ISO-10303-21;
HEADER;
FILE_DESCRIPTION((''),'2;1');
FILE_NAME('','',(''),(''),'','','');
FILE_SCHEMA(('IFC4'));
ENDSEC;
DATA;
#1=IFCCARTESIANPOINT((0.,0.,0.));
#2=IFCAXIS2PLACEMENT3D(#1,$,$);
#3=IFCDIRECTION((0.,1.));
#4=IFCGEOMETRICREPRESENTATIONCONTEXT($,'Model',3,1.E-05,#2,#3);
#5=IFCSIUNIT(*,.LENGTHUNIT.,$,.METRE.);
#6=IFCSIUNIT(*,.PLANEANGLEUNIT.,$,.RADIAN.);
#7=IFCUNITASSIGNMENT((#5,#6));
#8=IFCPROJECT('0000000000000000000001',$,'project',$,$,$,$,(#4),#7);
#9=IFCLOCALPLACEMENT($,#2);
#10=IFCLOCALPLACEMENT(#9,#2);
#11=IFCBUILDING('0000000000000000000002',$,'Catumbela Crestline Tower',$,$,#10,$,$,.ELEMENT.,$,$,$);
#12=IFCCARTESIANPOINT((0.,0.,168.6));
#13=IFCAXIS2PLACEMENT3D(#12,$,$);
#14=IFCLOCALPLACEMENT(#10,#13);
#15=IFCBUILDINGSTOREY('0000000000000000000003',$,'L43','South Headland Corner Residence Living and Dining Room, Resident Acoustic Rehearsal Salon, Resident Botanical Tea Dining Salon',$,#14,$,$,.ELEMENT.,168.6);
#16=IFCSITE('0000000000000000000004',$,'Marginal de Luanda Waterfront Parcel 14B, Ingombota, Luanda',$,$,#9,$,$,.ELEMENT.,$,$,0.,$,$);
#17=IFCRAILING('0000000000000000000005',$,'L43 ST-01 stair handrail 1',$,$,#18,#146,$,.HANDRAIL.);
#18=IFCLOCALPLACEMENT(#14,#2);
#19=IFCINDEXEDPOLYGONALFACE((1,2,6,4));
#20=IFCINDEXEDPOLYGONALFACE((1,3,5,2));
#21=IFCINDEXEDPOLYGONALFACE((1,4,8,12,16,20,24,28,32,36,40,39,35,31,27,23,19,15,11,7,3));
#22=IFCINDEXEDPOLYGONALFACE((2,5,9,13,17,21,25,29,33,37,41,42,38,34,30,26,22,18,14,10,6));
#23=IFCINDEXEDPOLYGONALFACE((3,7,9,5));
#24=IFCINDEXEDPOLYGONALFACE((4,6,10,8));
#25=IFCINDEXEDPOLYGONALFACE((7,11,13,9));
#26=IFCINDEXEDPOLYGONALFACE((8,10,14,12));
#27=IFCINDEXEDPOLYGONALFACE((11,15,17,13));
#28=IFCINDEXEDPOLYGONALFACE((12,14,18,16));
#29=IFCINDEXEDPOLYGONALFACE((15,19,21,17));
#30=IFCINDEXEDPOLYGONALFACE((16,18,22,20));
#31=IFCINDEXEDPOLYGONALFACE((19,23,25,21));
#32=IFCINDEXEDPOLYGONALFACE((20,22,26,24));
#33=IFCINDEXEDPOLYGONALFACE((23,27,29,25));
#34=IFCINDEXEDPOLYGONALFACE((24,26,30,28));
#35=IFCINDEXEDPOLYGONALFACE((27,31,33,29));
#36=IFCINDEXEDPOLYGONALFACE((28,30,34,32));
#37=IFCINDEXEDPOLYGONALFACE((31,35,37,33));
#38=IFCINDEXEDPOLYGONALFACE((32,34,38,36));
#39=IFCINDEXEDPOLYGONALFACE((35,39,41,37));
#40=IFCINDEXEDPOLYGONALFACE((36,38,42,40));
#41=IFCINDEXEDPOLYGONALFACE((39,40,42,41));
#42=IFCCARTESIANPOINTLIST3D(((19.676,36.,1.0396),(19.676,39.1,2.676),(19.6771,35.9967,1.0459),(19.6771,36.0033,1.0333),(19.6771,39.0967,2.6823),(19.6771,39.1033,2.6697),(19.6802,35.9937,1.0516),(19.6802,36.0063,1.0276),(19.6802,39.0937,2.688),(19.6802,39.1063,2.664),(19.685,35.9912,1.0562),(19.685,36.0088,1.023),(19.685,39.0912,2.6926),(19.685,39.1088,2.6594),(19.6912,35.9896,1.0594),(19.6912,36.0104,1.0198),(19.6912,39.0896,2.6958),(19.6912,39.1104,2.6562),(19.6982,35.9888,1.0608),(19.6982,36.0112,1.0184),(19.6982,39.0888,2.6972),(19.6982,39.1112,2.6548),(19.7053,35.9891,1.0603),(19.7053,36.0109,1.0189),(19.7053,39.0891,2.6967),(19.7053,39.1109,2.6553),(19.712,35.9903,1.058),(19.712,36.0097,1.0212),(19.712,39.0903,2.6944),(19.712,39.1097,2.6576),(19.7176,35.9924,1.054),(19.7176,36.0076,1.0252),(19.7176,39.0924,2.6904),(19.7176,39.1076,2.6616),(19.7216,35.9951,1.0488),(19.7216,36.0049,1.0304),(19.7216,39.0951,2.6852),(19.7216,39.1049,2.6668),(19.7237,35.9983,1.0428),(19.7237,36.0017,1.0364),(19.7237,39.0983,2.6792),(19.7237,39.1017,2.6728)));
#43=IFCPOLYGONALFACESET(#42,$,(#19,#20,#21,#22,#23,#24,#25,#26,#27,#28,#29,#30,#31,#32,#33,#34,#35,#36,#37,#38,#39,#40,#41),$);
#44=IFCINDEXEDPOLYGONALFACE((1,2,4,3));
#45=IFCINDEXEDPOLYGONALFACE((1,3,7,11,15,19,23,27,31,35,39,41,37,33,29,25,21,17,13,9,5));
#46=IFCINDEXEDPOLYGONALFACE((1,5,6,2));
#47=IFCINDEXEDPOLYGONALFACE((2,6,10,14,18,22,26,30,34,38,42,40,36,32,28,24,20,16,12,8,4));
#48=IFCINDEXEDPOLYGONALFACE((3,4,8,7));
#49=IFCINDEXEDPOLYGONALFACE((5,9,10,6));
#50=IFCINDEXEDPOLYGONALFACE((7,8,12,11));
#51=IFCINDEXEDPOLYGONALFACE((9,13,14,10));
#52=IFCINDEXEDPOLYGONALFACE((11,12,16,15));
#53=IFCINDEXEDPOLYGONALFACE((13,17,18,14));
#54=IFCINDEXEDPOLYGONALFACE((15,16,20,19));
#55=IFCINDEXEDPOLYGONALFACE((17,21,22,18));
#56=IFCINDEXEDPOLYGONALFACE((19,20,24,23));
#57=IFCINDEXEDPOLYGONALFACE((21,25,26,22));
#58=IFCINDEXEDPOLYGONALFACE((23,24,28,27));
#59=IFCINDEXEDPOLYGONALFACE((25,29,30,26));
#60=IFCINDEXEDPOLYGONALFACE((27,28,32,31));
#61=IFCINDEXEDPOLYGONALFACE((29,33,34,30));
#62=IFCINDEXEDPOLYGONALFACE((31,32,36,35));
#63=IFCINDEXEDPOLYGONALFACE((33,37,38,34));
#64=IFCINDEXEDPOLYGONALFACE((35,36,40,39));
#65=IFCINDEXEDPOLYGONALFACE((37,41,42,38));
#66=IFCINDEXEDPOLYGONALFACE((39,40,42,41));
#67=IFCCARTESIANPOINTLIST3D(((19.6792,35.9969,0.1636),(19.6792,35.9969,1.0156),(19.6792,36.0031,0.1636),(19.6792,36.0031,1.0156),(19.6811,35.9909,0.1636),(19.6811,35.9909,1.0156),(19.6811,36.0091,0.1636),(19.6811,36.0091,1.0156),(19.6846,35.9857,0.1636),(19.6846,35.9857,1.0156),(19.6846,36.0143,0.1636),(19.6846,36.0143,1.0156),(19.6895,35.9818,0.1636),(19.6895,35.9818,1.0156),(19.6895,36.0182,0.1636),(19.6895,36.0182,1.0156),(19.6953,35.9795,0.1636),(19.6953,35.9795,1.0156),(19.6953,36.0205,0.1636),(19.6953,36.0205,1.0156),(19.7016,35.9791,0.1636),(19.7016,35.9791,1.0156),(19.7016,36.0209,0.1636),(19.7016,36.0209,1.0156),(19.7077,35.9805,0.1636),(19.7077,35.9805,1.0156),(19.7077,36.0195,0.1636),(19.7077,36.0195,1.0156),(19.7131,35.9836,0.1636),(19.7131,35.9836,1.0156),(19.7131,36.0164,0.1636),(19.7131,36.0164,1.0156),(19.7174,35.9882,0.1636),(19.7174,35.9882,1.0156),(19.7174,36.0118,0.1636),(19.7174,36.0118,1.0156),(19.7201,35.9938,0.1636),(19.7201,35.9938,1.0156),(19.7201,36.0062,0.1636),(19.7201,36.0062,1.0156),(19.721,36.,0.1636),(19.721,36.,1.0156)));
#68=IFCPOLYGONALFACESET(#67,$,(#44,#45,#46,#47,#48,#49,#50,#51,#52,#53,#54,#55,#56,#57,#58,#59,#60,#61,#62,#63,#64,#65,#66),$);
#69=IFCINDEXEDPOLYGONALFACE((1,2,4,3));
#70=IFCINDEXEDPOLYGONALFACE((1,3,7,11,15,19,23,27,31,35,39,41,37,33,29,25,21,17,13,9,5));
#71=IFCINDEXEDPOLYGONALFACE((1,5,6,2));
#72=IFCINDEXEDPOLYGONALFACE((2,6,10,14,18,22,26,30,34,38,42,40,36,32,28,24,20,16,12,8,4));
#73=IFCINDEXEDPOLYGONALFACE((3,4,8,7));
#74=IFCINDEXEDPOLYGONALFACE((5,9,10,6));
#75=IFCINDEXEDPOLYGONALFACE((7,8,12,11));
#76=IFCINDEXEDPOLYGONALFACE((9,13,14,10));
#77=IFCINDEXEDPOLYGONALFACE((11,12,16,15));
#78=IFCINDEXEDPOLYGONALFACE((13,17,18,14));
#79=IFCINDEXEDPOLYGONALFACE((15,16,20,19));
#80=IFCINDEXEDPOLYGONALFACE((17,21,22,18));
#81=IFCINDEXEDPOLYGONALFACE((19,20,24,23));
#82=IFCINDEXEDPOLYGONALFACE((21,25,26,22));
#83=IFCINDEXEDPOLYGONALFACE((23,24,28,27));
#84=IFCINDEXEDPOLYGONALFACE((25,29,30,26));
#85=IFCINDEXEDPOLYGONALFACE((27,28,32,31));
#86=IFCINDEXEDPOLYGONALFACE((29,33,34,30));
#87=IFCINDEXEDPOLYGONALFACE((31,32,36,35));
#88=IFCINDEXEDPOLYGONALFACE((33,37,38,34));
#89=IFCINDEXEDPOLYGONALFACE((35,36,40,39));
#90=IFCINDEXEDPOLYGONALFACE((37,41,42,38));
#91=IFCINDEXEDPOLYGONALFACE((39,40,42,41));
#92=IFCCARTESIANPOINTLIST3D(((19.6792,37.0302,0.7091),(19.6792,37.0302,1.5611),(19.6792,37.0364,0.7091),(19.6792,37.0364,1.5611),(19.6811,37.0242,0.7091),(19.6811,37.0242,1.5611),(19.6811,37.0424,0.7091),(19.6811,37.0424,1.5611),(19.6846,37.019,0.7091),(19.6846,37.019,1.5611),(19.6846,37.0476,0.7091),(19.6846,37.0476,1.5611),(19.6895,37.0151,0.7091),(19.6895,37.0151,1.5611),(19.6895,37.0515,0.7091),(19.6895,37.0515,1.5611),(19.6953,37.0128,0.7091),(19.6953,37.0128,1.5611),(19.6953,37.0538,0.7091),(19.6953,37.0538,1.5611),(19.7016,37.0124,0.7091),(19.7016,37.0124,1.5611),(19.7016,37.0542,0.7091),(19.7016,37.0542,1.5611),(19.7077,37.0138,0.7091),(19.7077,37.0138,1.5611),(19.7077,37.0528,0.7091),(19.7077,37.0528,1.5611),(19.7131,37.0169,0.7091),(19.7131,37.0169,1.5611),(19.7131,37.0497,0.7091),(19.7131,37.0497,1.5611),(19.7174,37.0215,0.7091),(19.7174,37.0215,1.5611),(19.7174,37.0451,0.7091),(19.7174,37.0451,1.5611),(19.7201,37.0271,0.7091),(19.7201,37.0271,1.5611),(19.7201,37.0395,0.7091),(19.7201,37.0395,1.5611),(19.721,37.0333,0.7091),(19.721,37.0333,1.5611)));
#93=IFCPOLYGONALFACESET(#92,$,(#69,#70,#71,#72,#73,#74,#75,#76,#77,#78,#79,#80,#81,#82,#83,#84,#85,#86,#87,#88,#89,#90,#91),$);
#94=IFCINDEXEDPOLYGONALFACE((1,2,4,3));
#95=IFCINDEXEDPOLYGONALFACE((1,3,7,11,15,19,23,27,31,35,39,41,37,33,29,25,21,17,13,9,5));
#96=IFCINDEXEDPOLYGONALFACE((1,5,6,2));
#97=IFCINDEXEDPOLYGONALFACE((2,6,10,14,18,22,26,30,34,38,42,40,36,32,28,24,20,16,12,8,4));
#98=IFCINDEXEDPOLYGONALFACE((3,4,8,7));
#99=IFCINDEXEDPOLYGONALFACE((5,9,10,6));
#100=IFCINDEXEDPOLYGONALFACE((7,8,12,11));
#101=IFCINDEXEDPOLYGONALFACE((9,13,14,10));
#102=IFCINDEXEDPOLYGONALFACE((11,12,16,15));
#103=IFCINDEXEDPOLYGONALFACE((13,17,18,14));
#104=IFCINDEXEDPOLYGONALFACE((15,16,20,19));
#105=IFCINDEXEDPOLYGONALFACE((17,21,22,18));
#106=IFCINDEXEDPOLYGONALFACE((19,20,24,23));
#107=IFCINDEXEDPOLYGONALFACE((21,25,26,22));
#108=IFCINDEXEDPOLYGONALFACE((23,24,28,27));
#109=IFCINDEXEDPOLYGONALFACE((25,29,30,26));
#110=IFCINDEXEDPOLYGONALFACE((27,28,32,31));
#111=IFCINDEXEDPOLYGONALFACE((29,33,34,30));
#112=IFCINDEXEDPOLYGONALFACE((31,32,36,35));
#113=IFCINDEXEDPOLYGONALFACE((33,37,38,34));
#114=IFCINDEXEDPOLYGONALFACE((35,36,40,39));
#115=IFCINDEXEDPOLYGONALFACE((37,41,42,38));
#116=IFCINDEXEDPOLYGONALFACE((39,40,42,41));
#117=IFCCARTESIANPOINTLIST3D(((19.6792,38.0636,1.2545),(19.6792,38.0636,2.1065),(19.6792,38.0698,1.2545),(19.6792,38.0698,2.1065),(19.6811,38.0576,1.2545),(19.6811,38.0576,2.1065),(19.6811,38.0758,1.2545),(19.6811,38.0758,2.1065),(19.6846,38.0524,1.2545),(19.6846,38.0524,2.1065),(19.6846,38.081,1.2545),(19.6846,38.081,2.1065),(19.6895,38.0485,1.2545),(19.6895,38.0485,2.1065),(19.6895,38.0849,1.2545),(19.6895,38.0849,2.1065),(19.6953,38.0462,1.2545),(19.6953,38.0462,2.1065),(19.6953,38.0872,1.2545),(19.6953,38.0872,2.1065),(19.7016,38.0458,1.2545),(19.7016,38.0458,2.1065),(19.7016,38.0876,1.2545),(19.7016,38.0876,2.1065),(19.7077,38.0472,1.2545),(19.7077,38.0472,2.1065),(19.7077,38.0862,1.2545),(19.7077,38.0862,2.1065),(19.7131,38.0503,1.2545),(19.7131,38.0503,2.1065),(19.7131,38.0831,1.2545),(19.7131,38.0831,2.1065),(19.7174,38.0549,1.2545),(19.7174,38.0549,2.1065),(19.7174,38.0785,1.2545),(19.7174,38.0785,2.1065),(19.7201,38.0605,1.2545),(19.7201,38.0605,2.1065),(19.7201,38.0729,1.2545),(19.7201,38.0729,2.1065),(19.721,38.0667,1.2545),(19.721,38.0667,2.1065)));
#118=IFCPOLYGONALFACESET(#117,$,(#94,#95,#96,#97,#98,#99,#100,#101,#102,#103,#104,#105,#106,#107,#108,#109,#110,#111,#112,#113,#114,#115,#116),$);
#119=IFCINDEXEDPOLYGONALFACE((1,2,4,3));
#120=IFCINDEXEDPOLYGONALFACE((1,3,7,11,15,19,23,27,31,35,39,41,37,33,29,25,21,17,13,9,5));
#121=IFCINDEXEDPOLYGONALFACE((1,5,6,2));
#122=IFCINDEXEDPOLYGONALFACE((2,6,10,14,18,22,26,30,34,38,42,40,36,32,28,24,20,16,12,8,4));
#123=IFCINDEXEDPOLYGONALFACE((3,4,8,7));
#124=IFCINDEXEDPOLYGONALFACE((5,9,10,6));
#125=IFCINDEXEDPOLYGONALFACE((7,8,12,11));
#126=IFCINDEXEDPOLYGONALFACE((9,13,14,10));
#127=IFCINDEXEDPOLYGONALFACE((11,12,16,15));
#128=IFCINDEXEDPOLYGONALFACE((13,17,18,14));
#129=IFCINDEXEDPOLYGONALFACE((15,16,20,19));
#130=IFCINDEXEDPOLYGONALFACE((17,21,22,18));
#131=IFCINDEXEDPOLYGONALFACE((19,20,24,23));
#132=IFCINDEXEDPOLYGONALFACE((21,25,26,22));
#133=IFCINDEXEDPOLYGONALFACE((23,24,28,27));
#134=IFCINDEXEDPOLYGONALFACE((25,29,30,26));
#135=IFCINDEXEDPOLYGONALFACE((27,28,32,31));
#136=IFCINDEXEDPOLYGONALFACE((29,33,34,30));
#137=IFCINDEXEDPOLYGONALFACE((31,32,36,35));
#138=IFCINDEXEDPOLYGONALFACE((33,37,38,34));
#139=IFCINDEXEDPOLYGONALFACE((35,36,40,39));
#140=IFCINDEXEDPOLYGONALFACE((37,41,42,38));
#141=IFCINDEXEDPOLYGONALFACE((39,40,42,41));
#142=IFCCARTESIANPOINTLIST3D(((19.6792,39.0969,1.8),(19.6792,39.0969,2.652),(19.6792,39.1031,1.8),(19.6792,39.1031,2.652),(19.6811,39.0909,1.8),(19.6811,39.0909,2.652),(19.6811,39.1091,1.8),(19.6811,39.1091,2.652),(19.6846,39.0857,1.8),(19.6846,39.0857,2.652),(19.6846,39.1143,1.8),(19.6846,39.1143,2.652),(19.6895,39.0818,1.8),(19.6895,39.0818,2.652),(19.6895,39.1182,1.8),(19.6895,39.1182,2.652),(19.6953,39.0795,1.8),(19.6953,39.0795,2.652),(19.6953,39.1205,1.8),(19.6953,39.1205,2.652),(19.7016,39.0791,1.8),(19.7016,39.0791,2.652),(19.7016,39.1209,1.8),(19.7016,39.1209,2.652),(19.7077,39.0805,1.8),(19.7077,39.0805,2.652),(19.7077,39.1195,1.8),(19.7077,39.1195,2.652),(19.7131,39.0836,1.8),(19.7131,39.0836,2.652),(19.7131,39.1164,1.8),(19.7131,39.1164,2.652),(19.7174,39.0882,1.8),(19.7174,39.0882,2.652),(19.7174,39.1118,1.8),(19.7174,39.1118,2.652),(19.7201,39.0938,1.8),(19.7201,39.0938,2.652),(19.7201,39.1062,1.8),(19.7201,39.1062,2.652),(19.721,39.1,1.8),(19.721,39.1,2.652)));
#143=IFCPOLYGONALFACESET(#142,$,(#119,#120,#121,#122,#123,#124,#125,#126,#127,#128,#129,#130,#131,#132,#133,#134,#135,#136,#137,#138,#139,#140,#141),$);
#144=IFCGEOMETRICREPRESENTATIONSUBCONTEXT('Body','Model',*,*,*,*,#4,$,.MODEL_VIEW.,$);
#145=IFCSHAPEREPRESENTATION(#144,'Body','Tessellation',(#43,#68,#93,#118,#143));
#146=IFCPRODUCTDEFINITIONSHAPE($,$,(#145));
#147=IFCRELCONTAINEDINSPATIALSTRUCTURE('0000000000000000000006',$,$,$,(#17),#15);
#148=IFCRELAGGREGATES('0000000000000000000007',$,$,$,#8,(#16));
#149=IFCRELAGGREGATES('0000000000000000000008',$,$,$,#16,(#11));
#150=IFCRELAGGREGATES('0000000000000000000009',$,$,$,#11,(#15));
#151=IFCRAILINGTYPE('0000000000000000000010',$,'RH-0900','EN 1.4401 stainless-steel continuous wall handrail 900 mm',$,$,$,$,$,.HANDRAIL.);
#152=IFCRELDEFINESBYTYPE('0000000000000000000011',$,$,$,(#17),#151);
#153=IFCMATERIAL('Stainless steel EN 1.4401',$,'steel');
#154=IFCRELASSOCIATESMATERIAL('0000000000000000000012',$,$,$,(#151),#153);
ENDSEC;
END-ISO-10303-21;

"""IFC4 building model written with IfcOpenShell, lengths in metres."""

from ifc_helpers import new_model, si_unit, direction, frame, origin, origin_2d, place, context, subcontext, project, spatial, circle, extrude, material, type_object, element, save


model = new_model("IFC4")

# Units and contexts
model_context = context("Model", 3, precision=1e-05, world=origin(), true_north=direction((0.0, 1.0)))
body_context = subcontext(model_context, "Body", "Model", "MODEL_VIEW")
ifc_project = project(units=[si_unit("LENGTHUNIT", "METRE"), si_unit("PLANEANGLEUNIT", "RADIAN")], contexts=[model_context])

# Site, building, storey
site_placement = place(None, origin())
site = spatial("IfcSite", under=ifc_project, at=site_placement, Name="Marginal de Luanda Waterfront Parcel 14B, Ingombota, Luanda", CompositionType="ELEMENT", RefElevation=0.0)
building_placement = place(site_placement, origin())
building = spatial("IfcBuilding", under=site, at=building_placement, Name="Catumbela Crestline Tower", CompositionType="ELEMENT")
storey_placement = place(building_placement, frame((0.0, 0.0, 168.6)))
storey = spatial("IfcBuildingStorey", under=building, at=storey_placement, Name="L43", Description="South Headland Corner Residence Living and Dining Room, Resident Acoustic Rehearsal Salon, Resident Botanical Tea Dining Salon", CompositionType="ELEMENT", Elevation=168.6)

# Shared definitions
ifc_material_1 = material(Name="Stainless steel EN 1.4401", Category="steel")

# Railing
railing_type_1 = type_object("IfcRailingType", Name="RH-0900", Description="EN 1.4401 stainless-steel continuous wall handrail 900 mm", PredefinedType="HANDRAIL", material=ifc_material_1)
railing_1_placement = place(storey_placement, frame((19.7, 36.0, 0.1636)))
element("IfcRailing", 1, at=railing_1_placement, inside=storey, type_object=railing_type_1, Name="L43 ST-01 stair handrail 1", PredefinedType="HANDRAIL", context=body_context, shape_type="SweptSolid", body=[
    extrude(circle(Radius=0.024, at=origin_2d()), frame((0.0, 0.0, 0.876), z_axis=(0.0, 0.884351, 0.466823), x_axis=(-1.0, 0.0, 0.0)), (0.0, 0.0, 1.0), 3.5054),
    extrude(circle(Radius=0.021, at=origin_2d()), origin(), (0.0, 0.0, 1.0), 0.852),
    extrude(circle(Radius=0.021, at=origin_2d()), frame((0.0, 1.0333, 0.5455)), (0.0, 0.0, 1.0), 0.852),
    extrude(circle(Radius=0.021, at=origin_2d()), frame((0.0, 2.0667, 1.0909)), (0.0, 0.0, 1.0), 0.852),
    extrude(circle(Radius=0.021, at=origin_2d()), frame((0.0, 3.1, 1.6364)), (0.0, 0.0, 1.0), 0.852),
])

save(model, "model.ifc")
